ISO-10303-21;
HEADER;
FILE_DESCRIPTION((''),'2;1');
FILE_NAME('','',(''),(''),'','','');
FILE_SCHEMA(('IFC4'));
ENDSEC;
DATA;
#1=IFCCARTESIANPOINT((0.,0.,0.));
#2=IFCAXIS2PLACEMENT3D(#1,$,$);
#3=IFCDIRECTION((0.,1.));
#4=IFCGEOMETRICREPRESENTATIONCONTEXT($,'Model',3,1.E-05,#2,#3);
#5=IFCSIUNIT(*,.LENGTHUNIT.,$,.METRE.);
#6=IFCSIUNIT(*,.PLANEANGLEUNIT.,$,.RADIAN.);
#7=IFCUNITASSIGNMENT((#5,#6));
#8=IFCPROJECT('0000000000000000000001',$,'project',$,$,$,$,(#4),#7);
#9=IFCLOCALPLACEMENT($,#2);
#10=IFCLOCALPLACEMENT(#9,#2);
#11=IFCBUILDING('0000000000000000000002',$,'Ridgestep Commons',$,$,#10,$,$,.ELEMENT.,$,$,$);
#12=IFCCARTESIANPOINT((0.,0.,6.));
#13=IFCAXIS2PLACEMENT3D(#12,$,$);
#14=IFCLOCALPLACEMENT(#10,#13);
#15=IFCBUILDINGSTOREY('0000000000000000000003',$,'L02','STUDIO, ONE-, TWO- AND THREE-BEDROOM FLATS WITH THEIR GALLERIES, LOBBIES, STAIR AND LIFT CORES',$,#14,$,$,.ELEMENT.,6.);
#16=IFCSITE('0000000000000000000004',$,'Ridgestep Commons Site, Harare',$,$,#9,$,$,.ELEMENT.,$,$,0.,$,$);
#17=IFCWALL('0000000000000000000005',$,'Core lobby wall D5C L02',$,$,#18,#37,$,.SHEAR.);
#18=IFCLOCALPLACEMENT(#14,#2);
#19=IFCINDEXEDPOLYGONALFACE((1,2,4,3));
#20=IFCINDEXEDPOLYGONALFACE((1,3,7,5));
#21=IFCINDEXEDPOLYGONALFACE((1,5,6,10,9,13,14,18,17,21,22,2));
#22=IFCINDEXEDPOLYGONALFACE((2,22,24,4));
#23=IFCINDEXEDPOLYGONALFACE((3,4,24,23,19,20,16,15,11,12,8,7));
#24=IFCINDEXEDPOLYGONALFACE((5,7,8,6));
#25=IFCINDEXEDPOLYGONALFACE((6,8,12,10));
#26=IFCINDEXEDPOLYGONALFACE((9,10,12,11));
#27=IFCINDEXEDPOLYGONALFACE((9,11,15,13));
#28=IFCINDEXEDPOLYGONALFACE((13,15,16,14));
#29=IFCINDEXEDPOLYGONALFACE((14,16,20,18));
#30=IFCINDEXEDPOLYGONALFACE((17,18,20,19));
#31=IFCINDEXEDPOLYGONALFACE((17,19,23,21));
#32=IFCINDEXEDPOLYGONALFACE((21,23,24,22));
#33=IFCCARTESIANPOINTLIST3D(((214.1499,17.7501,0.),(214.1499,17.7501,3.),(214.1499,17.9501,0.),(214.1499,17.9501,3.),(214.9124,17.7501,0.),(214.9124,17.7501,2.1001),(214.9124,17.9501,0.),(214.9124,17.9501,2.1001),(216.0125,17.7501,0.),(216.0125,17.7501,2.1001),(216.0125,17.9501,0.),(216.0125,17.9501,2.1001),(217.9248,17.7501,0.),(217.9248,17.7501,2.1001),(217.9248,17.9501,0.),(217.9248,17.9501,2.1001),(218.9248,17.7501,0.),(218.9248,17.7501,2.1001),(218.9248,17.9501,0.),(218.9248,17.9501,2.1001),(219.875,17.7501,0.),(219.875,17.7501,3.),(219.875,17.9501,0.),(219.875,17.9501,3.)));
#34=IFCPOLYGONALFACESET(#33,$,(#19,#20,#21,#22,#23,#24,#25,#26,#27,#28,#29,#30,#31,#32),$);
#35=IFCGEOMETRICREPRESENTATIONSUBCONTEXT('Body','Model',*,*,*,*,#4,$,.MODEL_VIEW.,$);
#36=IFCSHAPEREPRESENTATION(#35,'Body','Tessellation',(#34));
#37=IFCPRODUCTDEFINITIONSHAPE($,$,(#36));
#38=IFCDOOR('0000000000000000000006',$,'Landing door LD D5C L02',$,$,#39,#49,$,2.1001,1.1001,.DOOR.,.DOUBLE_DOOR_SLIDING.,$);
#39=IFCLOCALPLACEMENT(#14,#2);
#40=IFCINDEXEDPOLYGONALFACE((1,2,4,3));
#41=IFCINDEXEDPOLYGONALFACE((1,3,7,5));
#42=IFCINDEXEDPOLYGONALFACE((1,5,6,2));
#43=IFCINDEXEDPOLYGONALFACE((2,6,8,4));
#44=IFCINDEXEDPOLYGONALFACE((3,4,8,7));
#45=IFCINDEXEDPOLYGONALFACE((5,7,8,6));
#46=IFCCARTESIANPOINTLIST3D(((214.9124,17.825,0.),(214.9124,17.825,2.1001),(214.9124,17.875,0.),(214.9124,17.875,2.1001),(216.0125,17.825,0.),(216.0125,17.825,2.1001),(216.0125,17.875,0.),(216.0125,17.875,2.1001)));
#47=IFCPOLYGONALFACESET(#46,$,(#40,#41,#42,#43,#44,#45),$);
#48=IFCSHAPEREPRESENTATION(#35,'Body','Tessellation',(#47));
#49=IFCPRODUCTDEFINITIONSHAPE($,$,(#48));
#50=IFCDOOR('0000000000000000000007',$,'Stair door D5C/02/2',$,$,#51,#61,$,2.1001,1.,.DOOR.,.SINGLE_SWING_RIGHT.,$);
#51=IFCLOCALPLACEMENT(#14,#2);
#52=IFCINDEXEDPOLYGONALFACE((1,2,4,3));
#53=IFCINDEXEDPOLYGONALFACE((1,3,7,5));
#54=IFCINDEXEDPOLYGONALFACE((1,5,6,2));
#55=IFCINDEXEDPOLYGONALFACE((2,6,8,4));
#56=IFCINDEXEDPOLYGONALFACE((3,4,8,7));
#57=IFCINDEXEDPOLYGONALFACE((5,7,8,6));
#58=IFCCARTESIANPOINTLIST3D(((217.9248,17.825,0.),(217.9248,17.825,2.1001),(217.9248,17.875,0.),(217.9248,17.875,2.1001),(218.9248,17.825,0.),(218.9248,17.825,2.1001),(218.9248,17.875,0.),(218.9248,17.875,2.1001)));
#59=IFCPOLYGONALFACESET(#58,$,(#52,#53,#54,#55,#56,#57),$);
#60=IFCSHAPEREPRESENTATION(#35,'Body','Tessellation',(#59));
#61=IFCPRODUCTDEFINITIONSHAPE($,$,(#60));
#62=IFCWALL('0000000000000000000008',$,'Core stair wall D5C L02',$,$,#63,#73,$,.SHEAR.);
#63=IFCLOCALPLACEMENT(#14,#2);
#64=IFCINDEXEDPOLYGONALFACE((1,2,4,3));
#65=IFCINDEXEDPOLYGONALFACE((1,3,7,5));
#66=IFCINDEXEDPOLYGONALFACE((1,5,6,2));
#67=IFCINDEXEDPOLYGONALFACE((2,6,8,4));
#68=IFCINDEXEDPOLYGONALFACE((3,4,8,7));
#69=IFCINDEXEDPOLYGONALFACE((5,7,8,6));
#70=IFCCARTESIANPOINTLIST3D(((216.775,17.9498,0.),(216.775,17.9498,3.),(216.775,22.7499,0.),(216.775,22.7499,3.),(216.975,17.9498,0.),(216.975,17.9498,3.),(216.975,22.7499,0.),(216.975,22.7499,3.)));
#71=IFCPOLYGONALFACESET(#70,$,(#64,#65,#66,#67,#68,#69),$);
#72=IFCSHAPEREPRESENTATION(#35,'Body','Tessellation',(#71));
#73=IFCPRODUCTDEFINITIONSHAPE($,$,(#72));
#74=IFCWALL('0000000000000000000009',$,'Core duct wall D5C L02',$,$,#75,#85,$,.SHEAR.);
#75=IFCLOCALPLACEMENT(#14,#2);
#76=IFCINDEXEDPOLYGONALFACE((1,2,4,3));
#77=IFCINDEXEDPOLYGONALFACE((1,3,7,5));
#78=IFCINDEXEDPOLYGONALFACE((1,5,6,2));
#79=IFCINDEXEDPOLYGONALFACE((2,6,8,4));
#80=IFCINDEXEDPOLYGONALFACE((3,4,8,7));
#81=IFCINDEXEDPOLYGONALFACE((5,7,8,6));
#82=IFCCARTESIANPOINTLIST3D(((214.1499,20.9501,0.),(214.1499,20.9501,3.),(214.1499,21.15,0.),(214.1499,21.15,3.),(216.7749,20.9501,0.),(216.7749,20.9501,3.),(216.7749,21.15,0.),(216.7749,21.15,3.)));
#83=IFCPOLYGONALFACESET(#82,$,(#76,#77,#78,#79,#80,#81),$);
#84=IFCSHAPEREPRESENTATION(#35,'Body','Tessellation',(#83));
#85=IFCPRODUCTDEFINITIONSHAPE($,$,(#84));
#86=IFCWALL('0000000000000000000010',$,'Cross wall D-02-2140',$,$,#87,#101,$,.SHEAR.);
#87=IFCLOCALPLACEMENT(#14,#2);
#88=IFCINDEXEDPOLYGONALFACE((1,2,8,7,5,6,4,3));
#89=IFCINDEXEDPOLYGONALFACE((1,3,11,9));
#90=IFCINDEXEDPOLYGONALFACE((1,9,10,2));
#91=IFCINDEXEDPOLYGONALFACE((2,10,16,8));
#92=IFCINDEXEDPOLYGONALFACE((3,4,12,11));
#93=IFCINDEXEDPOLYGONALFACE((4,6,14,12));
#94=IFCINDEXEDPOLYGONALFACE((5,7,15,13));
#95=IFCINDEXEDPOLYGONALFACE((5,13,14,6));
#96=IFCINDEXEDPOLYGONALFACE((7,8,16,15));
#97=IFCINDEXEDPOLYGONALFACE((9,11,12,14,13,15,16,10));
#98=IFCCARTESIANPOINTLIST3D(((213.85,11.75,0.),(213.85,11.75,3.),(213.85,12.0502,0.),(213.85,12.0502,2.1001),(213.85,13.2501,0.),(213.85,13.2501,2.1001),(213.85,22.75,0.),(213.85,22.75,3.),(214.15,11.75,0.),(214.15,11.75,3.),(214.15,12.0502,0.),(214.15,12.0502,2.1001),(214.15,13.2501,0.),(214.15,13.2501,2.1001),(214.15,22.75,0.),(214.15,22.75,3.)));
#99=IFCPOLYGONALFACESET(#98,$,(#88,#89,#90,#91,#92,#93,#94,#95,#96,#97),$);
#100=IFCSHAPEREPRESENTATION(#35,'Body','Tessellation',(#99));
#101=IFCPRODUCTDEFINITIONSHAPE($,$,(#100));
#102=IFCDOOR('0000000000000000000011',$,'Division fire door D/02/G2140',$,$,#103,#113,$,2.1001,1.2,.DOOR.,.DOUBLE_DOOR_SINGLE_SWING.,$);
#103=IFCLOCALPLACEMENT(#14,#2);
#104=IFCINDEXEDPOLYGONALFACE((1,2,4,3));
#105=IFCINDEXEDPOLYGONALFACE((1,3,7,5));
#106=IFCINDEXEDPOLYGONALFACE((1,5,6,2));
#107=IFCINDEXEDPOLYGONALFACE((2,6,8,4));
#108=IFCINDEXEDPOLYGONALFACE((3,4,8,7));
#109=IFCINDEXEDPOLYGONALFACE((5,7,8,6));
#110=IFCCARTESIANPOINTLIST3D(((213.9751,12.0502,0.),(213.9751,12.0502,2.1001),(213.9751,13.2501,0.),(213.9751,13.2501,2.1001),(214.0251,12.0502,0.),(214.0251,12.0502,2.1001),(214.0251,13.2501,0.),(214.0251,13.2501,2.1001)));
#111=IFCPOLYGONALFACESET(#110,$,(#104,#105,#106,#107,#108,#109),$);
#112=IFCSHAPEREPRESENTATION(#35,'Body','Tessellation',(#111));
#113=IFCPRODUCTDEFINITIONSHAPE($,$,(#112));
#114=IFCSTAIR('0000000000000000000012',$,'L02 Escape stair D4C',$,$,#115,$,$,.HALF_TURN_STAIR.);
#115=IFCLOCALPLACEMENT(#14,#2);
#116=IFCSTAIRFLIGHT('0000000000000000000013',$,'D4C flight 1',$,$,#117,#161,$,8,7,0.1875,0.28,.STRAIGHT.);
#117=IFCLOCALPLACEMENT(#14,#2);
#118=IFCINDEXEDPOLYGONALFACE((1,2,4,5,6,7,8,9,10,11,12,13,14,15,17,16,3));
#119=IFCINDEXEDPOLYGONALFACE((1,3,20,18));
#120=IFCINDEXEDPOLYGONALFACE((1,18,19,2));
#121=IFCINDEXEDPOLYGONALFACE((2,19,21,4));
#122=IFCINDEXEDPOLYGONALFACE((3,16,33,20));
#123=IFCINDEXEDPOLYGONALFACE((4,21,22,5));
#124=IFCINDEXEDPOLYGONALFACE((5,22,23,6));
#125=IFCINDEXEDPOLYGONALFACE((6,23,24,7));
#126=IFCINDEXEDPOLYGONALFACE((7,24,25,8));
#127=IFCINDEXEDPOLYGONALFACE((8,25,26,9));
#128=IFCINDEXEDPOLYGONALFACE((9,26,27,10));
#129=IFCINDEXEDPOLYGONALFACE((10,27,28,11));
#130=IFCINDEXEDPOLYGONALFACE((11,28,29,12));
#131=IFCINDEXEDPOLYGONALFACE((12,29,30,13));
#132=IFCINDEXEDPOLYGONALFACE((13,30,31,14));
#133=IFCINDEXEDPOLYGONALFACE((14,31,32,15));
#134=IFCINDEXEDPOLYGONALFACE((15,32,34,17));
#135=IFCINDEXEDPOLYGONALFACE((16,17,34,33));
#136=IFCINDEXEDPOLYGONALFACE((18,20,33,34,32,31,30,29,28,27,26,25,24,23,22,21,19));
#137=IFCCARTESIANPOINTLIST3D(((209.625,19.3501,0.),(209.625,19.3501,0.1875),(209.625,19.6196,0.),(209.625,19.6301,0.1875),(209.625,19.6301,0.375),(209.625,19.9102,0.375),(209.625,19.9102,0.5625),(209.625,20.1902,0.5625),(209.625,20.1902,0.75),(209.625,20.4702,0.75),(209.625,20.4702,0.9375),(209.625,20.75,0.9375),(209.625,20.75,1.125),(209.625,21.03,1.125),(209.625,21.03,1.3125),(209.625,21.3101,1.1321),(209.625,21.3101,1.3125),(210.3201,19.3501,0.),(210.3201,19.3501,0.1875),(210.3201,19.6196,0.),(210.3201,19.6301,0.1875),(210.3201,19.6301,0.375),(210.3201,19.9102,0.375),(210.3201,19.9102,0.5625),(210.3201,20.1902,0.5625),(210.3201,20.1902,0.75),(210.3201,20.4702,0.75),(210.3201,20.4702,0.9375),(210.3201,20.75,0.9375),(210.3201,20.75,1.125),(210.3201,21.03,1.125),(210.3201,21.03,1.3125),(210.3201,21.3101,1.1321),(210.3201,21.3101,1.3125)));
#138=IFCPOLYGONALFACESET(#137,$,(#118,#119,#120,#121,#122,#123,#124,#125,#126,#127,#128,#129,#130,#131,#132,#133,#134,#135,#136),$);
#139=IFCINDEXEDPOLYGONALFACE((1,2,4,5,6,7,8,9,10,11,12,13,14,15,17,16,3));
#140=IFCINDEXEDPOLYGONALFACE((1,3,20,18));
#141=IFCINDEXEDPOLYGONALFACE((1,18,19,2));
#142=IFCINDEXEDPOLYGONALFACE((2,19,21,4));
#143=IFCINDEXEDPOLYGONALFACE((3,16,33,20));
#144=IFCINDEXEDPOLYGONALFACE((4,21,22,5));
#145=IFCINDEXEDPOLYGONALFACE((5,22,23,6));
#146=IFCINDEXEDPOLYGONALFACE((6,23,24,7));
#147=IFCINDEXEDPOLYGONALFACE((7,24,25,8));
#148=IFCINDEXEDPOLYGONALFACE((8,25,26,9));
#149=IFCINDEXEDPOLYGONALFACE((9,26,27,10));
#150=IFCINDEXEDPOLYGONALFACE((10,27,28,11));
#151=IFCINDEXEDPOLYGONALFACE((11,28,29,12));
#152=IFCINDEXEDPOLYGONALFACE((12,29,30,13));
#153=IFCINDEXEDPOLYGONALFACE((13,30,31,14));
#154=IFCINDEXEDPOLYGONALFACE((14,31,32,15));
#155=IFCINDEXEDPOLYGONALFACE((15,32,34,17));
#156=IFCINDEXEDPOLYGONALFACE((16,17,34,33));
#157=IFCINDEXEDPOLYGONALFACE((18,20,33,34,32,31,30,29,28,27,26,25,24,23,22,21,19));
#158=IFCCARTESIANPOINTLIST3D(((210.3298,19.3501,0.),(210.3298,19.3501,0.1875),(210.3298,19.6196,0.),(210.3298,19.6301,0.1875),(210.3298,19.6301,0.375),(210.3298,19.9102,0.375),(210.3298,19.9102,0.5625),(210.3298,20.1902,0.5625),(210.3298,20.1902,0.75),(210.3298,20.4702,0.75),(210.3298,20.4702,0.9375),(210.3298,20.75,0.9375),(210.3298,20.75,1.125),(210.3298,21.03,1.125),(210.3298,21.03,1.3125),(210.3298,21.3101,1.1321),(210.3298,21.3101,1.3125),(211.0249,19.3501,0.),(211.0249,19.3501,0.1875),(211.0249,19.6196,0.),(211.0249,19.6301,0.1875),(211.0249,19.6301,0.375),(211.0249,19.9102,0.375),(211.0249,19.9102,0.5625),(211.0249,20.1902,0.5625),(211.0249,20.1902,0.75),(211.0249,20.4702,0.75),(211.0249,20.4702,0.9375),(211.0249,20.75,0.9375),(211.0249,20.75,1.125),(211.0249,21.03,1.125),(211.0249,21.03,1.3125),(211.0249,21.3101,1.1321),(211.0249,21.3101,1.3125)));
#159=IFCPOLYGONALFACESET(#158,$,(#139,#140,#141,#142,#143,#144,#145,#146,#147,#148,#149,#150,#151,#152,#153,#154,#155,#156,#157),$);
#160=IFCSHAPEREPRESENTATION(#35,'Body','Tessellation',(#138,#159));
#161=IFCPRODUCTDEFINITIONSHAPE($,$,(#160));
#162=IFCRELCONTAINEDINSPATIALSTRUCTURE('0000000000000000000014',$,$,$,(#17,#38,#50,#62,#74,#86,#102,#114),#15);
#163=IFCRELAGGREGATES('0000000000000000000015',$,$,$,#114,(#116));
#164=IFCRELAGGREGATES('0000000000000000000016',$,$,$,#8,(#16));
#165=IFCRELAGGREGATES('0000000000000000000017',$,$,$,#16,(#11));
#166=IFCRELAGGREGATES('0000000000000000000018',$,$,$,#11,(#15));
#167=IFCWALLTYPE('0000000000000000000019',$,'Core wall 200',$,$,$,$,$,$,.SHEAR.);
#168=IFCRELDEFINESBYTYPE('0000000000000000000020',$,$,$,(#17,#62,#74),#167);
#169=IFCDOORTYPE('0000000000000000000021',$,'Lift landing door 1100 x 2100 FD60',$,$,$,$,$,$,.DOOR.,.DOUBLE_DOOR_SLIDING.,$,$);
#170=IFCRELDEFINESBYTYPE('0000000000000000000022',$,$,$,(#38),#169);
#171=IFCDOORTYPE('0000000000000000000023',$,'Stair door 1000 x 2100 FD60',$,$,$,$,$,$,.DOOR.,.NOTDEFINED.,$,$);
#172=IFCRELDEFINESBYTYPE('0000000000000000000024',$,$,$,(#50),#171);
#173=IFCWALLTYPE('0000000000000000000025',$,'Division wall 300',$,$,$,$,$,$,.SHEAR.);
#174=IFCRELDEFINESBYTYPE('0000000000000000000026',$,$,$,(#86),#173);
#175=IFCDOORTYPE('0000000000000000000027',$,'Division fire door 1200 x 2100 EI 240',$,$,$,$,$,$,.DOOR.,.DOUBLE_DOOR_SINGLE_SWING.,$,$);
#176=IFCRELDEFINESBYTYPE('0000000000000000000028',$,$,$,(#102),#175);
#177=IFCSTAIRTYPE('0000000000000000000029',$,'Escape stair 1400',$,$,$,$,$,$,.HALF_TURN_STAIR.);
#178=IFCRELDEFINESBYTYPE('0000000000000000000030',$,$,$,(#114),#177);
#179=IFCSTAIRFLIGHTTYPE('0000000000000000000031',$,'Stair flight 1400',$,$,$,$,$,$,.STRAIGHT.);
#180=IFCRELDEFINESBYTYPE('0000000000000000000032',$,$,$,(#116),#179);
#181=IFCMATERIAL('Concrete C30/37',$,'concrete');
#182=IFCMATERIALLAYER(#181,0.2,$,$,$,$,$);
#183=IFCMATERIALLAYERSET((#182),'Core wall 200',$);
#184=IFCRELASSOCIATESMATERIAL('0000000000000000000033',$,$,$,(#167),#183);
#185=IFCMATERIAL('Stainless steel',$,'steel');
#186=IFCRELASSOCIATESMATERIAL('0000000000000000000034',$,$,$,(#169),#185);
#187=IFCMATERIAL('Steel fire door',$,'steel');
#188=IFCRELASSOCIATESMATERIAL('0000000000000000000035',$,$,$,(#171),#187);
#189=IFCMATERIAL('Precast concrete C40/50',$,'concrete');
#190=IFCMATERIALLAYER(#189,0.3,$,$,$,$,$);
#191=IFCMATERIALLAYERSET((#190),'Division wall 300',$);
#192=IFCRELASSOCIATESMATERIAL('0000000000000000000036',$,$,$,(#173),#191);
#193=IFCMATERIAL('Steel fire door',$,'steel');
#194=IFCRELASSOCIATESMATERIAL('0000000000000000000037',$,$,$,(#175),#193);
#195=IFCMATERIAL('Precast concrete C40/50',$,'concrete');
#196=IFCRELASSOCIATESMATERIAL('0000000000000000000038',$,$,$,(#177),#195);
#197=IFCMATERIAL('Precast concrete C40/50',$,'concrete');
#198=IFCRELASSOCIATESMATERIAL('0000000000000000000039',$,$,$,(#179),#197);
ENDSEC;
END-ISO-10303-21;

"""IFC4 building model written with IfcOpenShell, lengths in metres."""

from ifc_helpers import new_model, si_unit, direction, frame, frame_2d, origin, place, context, subcontext, project, spatial, polyline, rectangle, outline, extrude, material, layer, layer_set, type_object, element, fill, aggregate, save


model = new_model("IFC4")

# Units and contexts
model_context = context("Model", 3, precision=1e-05, world=origin(), true_north=direction((0.0, 1.0)))
body_context = subcontext(model_context, "Body", "Model", "MODEL_VIEW")
ifc_project = project(units=[si_unit("LENGTHUNIT", "METRE"), si_unit("PLANEANGLEUNIT", "RADIAN")], contexts=[model_context])

# Site, building, storey
site_placement = place(None, origin())
site = spatial("IfcSite", under=ifc_project, at=site_placement, Name="Ridgestep Commons Site, Harare", CompositionType="ELEMENT", RefElevation=0.0)
building_placement = place(site_placement, origin())
building = spatial("IfcBuilding", under=site, at=building_placement, Name="Ridgestep Commons", CompositionType="ELEMENT")
storey_placement = place(building_placement, frame((0.0, 0.0, 6.0)))
storey = spatial("IfcBuildingStorey", under=building, at=storey_placement, Name="L02", Description="STUDIO, ONE-, TWO- AND THREE-BEDROOM FLATS WITH THEIR GALLERIES, LOBBIES, STAIR AND LIFT CORES", CompositionType="ELEMENT", Elevation=6.0)

# Shared definitions
ifc_material_1 = material(Name="Concrete C30/37", Category="concrete")
ifc_layer_1 = layer(ifc_material_1, 0.2)
ifc_layer_set_1 = layer_set([ifc_layer_1], Name="Core wall 200")
wall_type_1 = type_object("IfcWallType", Name="Core wall 200", PredefinedType="SHEAR", material=ifc_layer_set_1)

# Wall, openings, doors
wall_1_placement = place(storey_placement, frame((214.1499, 17.8501, 0.0), z_axis=(0.0, 0.0, 1.0), x_axis=(1.0, 0.0, 0.0)))
wall_1 = element("IfcWall", 1, at=wall_1_placement, inside=storey, type_object=wall_type_1, Name="Core lobby wall D5C L02", PredefinedType="SHEAR", context=body_context, shape_type="SweptSolid", body=[
    extrude(rectangle(XDim=5.7251, YDim=0.2, at=frame_2d((2.8625, 0.0))), origin(), (0.0, 0.0, 1.0), 3.0),
])
opening_1_placement = place(wall_1_placement, frame((3.7749, 0.0, 0.0)))
opening_1 = element("IfcOpeningElement", 2, at=opening_1_placement, cuts=wall_1, PredefinedType="OPENING", context=body_context, shape_type="SweptSolid", body=[
    extrude(rectangle(XDim=1.0, YDim=2.1001, at=frame_2d((0.5, 1.05))), frame((0.0, 0.1099, 0.0), z_axis=(0.0, -1.0, 0.0), x_axis=(1.0, 0.0, 0.0)), (0.0, 0.0, 1.0), 0.22),
])
opening_2_placement = place(wall_1_placement, frame((0.7625, 0.0, 0.0)))
opening_2 = element("IfcOpeningElement", 3, at=opening_2_placement, cuts=wall_1, PredefinedType="OPENING", context=body_context, shape_type="SweptSolid", body=[
    extrude(rectangle(XDim=1.1001, YDim=2.1001, at=frame_2d((0.55, 1.05))), frame((0.0, 0.1099, 0.0), z_axis=(0.0, -1.0, 0.0), x_axis=(1.0, 0.0, 0.0)), (0.0, 0.0, 1.0), 0.22),
])
ifc_material_2 = material(Name="Stainless steel", Category="steel")
door_type_1 = type_object("IfcDoorType", Name="Lift landing door 1100 x 2100 FD60", OperationType="DOUBLE_DOOR_SLIDING", PredefinedType="DOOR", material=ifc_material_2)
door_1_placement = place(opening_2_placement, origin())
door_1 = element("IfcDoor", 4, at=door_1_placement, inside=storey, type_object=door_type_1, Name="Landing door LD D5C L02", OperationType="DOUBLE_DOOR_SLIDING", OverallHeight=2.1001, OverallWidth=1.1001, PredefinedType="DOOR", context=body_context, shape_type="SweptSolid", body=[
    extrude(rectangle(XDim=1.1001, YDim=2.1001, at=frame_2d((0.55, 1.05))), frame((0.0, 0.0249, 0.0), z_axis=(0.0, -1.0, 0.0), x_axis=(1.0, 0.0, 0.0)), (0.0, 0.0, 1.0), 0.05),
])
fill(opening_2, door_1)
ifc_material_3 = material(Name="Steel fire door", Category="steel")
door_type_2 = type_object("IfcDoorType", Name="Stair door 1000 x 2100 FD60", OperationType="NOTDEFINED", PredefinedType="DOOR", material=ifc_material_3)
door_2_placement = place(opening_1_placement, origin())
door_2 = element("IfcDoor", 5, at=door_2_placement, inside=storey, type_object=door_type_2, Name="Stair door D5C/02/2", OperationType="SINGLE_SWING_RIGHT", OverallHeight=2.1001, OverallWidth=1.0, PredefinedType="DOOR", context=body_context, shape_type="SweptSolid", body=[
    extrude(rectangle(XDim=1.0, YDim=2.1001, at=frame_2d((0.5, 1.05))), frame((0.0, 0.0249, 0.0), z_axis=(0.0, -1.0, 0.0), x_axis=(1.0, 0.0, 0.0)), (0.0, 0.0, 1.0), 0.05),
])
fill(opening_1, door_2)

# Walls
wall_2_placement = place(storey_placement, frame((216.875, 17.95, 0.0), z_axis=(0.0, 0.0, 1.0), x_axis=(0.0, 1.0, 0.0)))
element("IfcWall", 6, at=wall_2_placement, inside=storey, type_object=wall_type_1, Name="Core stair wall D5C L02", PredefinedType="SHEAR", context=body_context, shape_type="SweptSolid", body=[
    extrude(rectangle(XDim=4.8, YDim=0.2, at=frame_2d((2.3999, 0.0))), origin(), (0.0, 0.0, 1.0), 3.0),
])
wall_3_placement = place(storey_placement, frame((214.1499, 21.05, 0.0), z_axis=(0.0, 0.0, 1.0), x_axis=(1.0, 0.0, 0.0)))
element("IfcWall", 7, at=wall_3_placement, inside=storey, type_object=wall_type_1, Name="Core duct wall D5C L02", PredefinedType="SHEAR", context=body_context, shape_type="SweptSolid", body=[
    extrude(rectangle(XDim=2.625, YDim=0.2, at=frame_2d((1.3125, 0.0))), origin(), (0.0, 0.0, 1.0), 3.0),
])

# Wall, opening, door
ifc_material_4 = material(Name="Precast concrete C40/50", Category="concrete")
ifc_layer_2 = layer(ifc_material_4, 0.3)
ifc_layer_set_2 = layer_set([ifc_layer_2], Name="Division wall 300")
wall_type_2 = type_object("IfcWallType", Name="Division wall 300", PredefinedType="SHEAR", material=ifc_layer_set_2)
wall_4_placement = place(storey_placement, frame((214.0, 11.75, 0.0), z_axis=(0.0, 0.0, 1.0), x_axis=(0.0, 1.0, 0.0)))
wall_4 = element("IfcWall", 8, at=wall_4_placement, inside=storey, type_object=wall_type_2, Name="Cross wall D-02-2140", PredefinedType="SHEAR", context=body_context, shape_type="SweptSolid", body=[
    extrude(rectangle(XDim=11.0, YDim=0.3, at=frame_2d((5.5, 0.0))), origin(), (0.0, 0.0, 1.0), 3.0),
])
opening_3_placement = place(wall_4_placement, frame((0.3, 0.0, 0.0)))
opening_3 = element("IfcOpeningElement", 9, at=opening_3_placement, cuts=wall_4, PredefinedType="OPENING", context=body_context, shape_type="SweptSolid", body=[
    extrude(rectangle(XDim=1.2, YDim=2.1001, at=frame_2d((0.6001, 1.05))), frame((0.0, 0.1599, 0.0), z_axis=(0.0, -1.0, 0.0), x_axis=(1.0, 0.0, 0.0)), (0.0, 0.0, 1.0), 0.3201),
])
ifc_material_5 = material(Name="Steel fire door", Category="steel")
door_type_3 = type_object("IfcDoorType", Name="Division fire door 1200 x 2100 EI 240", OperationType="DOUBLE_DOOR_SINGLE_SWING", PredefinedType="DOOR", material=ifc_material_5)
door_3_placement = place(opening_3_placement, origin())
door_3 = element("IfcDoor", 10, at=door_3_placement, inside=storey, type_object=door_type_3, Name="Division fire door D/02/G2140", OperationType="DOUBLE_DOOR_SINGLE_SWING", OverallHeight=2.1001, OverallWidth=1.2, PredefinedType="DOOR", context=body_context, shape_type="SweptSolid", body=[
    extrude(rectangle(XDim=1.2, YDim=2.1001, at=frame_2d((0.6001, 1.05))), frame((0.0, 0.0249, 0.0), z_axis=(0.0, -1.0, 0.0), x_axis=(1.0, 0.0, 0.0)), (0.0, 0.0, 1.0), 0.05),
])
fill(opening_3, door_3)

# Stair, stair flight
ifc_material_6 = material(Name="Precast concrete C40/50", Category="concrete")
stair_type = type_object("IfcStairType", Name="Escape stair 1400", PredefinedType="HALF_TURN_STAIR", material=ifc_material_6)
stair_placement = place(storey_placement, origin())
stair = element("IfcStair", 11, at=stair_placement, inside=storey, type_object=stair_type, Name="L02 Escape stair D4C", PredefinedType="HALF_TURN_STAIR")
ifc_material_7 = material(Name="Precast concrete C40/50", Category="concrete")
stair_flight_type = type_object("IfcStairFlightType", Name="Stair flight 1400", PredefinedType="STRAIGHT", material=ifc_material_7)
stair_flight_placement = place(storey_placement, frame((210.325, 19.3501, 0.0), z_axis=(0.0, 0.0, 1.0), x_axis=(0.0, 1.0, 0.0)))
stair_flight = element("IfcStairFlight", 12, at=stair_flight_placement, type_object=stair_flight_type, Name="D4C flight 1", NumberOfRisers=8, NumberOfTreads=7, PredefinedType="STRAIGHT", RiserHeight=0.1875, TreadLength=0.28, context=body_context, shape_type="SweptSolid", body=[
    extrude(outline(polyline([(0.0, 0.0), (0.0, 0.1875), (0.28, 0.1875), (0.28, 0.375), (0.5601, 0.375), (0.5601, 0.5625), (0.8401, 0.5625), (0.8401, 0.75), (1.1201, 0.75), (1.1201, 0.9375), (1.3999, 0.9375), (1.3999, 1.125), (1.6799, 1.125), (1.6799, 1.3125), (1.96, 1.3125), (1.96, 1.5), (1.96, 1.1321), (0.2695, 0.0), (0.0, 0.0)])), frame((0.0, 0.7, 0.0), z_axis=(0.0, -1.0, 0.0), x_axis=(1.0, 0.0, 0.0)), (0.0, 0.0, 1.0), 0.6951),
    extrude(outline(polyline([(0.0, 0.0), (0.0, 0.1875), (0.28, 0.1875), (0.28, 0.375), (0.5601, 0.375), (0.5601, 0.5625), (0.8401, 0.5625), (0.8401, 0.75), (1.1201, 0.75), (1.1201, 0.9375), (1.3999, 0.9375), (1.3999, 1.125), (1.6799, 1.125), (1.6799, 1.3125), (1.96, 1.3125), (1.96, 1.5), (1.96, 1.1321), (0.2695, 0.0), (0.0, 0.0)])), frame((0.0, -0.0049, 0.0), z_axis=(0.0, -1.0, 0.0), x_axis=(1.0, 0.0, 0.0)), (0.0, 0.0, 1.0), 0.6951),
])
aggregate(stair, [stair_flight])

save(model, "model.ifc")
